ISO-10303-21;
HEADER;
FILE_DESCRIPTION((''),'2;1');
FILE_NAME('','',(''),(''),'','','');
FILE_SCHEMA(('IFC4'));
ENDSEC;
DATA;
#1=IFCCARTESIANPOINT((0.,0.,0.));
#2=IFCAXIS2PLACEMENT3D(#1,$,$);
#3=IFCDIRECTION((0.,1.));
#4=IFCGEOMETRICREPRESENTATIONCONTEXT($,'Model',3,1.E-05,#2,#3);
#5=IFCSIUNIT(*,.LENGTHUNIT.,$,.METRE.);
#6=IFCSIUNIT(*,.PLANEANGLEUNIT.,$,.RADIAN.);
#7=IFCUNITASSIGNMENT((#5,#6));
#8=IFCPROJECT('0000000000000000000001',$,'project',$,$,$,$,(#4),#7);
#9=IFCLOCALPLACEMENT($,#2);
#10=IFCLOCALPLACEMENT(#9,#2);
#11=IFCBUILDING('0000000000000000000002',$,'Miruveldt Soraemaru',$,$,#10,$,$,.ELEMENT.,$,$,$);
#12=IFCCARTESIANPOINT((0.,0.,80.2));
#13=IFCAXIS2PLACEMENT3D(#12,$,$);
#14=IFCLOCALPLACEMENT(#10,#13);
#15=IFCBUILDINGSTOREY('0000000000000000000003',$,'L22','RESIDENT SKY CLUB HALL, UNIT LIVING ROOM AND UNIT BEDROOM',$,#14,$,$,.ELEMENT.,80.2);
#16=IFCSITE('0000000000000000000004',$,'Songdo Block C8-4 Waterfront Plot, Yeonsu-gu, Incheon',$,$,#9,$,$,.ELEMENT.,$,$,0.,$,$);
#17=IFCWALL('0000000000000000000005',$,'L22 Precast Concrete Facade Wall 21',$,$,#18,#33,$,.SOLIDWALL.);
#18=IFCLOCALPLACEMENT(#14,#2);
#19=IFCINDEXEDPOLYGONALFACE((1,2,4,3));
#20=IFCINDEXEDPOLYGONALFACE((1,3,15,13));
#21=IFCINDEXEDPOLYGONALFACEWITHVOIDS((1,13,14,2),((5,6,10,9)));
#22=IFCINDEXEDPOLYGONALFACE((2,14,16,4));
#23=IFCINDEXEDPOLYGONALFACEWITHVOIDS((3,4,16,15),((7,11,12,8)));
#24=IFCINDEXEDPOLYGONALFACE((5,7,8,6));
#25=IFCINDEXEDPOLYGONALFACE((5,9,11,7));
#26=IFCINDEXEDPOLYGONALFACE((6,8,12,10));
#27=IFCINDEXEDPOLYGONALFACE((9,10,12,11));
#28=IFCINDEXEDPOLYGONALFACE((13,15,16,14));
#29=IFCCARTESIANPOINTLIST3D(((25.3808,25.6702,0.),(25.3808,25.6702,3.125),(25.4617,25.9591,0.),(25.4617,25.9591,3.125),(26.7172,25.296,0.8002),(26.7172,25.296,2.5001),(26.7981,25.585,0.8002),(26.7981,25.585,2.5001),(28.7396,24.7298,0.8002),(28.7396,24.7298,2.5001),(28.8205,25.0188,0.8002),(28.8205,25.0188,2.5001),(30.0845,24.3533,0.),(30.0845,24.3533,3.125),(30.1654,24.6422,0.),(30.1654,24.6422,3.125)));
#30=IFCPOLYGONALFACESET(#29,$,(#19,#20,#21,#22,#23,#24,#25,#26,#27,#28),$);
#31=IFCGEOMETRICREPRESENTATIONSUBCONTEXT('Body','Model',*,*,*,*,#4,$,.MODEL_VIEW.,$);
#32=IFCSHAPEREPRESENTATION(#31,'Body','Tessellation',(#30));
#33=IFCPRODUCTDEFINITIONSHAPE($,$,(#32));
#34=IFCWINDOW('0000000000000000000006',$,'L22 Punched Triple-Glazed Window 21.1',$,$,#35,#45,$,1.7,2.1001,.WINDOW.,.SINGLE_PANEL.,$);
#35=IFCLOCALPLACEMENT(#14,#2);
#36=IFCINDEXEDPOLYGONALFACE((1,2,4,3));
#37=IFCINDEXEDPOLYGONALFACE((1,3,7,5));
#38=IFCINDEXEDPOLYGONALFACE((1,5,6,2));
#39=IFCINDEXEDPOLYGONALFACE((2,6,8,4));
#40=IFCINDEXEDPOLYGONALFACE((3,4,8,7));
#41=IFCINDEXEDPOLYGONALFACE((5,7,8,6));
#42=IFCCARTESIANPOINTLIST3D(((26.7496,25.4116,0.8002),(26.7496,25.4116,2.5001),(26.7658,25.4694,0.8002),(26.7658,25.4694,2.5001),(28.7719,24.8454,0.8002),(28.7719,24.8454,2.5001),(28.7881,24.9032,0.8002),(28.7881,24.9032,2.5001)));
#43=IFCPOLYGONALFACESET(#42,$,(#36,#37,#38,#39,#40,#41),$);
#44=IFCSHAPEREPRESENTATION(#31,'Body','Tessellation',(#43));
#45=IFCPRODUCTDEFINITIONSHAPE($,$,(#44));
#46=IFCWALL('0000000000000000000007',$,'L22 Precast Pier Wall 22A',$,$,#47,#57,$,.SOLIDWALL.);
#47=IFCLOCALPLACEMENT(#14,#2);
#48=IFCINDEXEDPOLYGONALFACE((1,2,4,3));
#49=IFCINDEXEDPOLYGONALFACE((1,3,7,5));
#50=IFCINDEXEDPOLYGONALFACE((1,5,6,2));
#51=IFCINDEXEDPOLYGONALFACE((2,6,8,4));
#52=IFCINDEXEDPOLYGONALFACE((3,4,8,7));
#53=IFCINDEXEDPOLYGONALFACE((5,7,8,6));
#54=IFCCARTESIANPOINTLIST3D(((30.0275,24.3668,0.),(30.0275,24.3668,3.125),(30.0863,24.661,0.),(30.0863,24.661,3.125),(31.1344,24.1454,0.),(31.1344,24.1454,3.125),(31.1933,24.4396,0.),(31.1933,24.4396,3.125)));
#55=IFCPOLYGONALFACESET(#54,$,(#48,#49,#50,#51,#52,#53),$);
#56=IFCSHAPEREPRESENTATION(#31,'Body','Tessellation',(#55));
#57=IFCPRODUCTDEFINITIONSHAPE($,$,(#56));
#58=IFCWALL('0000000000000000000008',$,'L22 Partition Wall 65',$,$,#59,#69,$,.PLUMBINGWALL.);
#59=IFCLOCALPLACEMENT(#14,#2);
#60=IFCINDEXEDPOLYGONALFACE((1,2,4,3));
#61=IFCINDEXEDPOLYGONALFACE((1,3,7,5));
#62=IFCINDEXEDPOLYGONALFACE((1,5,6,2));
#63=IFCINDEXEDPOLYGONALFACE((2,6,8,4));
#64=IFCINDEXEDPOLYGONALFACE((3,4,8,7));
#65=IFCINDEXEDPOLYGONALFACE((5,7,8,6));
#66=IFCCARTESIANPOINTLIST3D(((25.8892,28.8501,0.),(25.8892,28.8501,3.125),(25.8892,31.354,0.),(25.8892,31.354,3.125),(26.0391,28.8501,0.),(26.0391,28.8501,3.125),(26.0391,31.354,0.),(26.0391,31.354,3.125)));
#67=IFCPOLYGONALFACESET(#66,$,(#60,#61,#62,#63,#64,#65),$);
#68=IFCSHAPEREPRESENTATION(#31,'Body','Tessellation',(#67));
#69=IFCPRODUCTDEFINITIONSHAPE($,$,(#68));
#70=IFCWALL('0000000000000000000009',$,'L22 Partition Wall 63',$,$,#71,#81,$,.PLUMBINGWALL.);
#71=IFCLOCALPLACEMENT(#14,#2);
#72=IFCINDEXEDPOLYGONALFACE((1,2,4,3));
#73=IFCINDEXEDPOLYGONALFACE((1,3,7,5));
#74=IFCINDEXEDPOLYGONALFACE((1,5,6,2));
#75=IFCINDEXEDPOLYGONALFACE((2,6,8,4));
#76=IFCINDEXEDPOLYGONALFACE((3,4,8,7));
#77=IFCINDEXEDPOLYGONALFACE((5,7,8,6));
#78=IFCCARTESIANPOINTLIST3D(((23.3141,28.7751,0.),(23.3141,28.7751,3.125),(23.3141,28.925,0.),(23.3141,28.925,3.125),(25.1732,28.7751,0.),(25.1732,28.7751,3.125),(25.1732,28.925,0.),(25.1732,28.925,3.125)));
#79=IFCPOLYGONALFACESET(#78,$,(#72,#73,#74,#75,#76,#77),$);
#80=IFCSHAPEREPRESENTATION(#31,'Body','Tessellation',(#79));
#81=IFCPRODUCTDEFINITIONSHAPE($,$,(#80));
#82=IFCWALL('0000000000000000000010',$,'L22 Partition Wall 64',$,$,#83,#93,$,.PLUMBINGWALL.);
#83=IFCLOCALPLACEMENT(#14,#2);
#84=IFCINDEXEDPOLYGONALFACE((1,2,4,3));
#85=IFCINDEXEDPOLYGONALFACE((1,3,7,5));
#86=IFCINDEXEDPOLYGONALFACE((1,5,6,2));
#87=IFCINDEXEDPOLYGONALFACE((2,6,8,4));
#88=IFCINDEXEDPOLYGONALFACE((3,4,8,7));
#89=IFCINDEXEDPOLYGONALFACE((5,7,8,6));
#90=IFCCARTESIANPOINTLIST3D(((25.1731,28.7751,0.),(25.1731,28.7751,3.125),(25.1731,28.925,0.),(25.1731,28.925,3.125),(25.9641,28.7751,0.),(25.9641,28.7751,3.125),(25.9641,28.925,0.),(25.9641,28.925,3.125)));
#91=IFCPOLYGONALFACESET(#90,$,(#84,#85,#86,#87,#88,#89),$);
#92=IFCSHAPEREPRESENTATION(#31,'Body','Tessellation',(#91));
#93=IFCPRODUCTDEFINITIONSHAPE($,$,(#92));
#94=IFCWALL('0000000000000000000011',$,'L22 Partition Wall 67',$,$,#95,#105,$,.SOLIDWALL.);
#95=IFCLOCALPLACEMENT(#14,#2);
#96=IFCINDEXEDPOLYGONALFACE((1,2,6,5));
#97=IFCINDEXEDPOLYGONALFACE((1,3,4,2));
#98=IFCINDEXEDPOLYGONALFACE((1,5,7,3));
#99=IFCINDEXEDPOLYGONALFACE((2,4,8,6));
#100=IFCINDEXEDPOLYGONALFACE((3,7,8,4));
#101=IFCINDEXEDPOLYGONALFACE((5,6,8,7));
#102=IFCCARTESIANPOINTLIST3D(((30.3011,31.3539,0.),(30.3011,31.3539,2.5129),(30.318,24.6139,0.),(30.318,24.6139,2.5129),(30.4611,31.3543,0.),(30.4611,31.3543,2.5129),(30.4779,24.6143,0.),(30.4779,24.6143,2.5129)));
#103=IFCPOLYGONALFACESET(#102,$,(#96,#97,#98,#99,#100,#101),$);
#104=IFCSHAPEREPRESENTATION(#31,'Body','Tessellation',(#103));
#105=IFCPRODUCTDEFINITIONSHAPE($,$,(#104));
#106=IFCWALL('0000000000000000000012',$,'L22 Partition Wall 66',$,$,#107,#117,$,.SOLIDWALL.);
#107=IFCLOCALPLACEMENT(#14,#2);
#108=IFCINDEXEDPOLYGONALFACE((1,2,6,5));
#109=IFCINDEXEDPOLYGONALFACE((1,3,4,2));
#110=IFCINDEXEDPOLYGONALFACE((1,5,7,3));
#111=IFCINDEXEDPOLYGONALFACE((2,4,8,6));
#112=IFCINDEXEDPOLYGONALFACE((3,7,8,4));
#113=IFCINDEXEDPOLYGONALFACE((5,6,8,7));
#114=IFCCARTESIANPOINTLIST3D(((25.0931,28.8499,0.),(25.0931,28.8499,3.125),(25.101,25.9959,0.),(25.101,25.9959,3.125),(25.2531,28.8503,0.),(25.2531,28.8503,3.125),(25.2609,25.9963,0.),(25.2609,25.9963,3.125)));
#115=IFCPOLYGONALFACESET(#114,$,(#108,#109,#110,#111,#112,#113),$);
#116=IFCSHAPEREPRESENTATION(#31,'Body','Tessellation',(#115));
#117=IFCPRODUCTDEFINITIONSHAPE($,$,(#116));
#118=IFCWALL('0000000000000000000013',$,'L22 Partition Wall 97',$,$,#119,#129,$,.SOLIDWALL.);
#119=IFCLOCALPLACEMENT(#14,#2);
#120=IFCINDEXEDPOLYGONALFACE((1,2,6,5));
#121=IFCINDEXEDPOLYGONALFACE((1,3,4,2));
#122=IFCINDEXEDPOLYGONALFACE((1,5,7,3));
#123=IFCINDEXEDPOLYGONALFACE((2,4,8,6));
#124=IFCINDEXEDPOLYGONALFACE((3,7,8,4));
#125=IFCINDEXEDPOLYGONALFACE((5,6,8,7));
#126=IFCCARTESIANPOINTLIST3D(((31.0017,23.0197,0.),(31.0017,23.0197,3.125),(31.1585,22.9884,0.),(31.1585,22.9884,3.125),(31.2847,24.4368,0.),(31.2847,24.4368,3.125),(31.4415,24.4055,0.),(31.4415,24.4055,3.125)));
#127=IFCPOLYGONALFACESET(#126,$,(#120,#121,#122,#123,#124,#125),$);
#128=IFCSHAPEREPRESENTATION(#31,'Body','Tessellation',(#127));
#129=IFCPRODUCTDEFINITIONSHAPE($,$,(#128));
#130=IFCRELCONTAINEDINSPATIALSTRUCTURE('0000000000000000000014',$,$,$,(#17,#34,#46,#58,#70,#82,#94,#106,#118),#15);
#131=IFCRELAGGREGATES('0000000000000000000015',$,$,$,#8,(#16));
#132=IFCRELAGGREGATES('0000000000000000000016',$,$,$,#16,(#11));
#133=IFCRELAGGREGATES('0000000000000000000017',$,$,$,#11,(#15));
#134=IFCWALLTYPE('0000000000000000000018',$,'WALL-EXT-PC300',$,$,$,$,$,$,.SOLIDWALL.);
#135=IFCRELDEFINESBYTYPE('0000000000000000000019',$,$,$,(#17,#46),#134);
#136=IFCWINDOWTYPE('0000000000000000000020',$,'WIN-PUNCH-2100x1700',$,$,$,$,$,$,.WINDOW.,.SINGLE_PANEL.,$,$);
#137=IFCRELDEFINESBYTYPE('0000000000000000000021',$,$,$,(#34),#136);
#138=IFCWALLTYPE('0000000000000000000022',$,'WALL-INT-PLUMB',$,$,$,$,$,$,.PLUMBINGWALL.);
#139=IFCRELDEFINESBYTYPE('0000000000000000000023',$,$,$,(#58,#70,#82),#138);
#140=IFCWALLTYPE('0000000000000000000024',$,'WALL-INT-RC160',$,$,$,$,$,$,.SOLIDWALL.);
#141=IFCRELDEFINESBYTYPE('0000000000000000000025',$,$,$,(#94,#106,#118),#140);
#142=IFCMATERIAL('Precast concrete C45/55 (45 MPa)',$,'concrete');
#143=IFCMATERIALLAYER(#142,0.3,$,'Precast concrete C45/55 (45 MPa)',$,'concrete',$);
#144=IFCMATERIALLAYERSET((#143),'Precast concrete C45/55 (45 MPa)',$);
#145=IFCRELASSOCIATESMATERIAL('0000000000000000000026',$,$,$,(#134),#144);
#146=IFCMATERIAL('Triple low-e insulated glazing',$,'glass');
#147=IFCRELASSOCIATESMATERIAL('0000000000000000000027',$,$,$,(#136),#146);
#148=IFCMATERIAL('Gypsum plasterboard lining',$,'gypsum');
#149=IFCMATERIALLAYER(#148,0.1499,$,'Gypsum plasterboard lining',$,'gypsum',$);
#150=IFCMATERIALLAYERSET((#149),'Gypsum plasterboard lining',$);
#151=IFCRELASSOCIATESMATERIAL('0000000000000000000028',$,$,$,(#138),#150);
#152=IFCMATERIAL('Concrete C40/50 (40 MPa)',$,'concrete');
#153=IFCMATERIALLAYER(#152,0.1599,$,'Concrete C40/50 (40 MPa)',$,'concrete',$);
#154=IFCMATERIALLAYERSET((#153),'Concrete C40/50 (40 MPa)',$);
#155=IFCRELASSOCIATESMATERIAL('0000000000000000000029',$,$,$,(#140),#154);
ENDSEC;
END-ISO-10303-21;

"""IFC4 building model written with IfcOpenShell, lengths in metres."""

from ifc_helpers import new_model, si_unit, direction, frame, frame_2d, origin, place, context, subcontext, project, spatial, rectangle, extrude, material, layer, layer_set, type_object, element, fill, save


model = new_model("IFC4")

# Units and contexts
model_context = context("Model", 3, precision=1e-05, world=origin(), true_north=direction((0.0, 1.0)))
body_context = subcontext(model_context, "Body", "Model", "MODEL_VIEW")
ifc_project = project(units=[si_unit("LENGTHUNIT", "METRE"), si_unit("PLANEANGLEUNIT", "RADIAN")], contexts=[model_context])

# Site, building, storey
site_placement = place(None, origin())
site = spatial("IfcSite", under=ifc_project, at=site_placement, Name="Songdo Block C8-4 Waterfront Plot, Yeonsu-gu, Incheon", CompositionType="ELEMENT", RefElevation=0.0)
building_placement = place(site_placement, origin())
building = spatial("IfcBuilding", under=site, at=building_placement, Name="Miruveldt Soraemaru", CompositionType="ELEMENT")
storey_placement = place(building_placement, frame((0.0, 0.0, 80.2)))
storey = spatial("IfcBuildingStorey", under=building, at=storey_placement, Name="L22", Description="RESIDENT SKY CLUB HALL, UNIT LIVING ROOM AND UNIT BEDROOM", CompositionType="ELEMENT", Elevation=80.2)

# Shared definitions
ifc_material_1 = material(Name="Concrete C40/50 (40 MPa)", Category="concrete")

# Wall, opening, window
ifc_material_2 = material(Name="Triple low-e insulated glazing", Category="glass")
ifc_material_3 = material(Name="Precast concrete C45/55 (45 MPa)", Category="concrete")
ifc_layer_1 = layer(ifc_material_3, 0.3, Name="Precast concrete C45/55 (45 MPa)", Category="concrete")
ifc_layer_set_1 = layer_set([ifc_layer_1], Name="Precast concrete C45/55 (45 MPa)")
wall_type_1 = type_object("IfcWallType", Name="WALL-EXT-PC300", PredefinedType="SOLIDWALL", material=ifc_layer_set_1)
wall_1_placement = place(storey_placement, frame((25.4211, 25.8147, 0.0), z_axis=(0.0, 0.0, 1.0), x_axis=(0.96297, -0.269608, 0.0)))
wall_1 = element("IfcWall", 1, at=wall_1_placement, inside=storey, type_object=wall_type_1, Name="L22 Precast Concrete Facade Wall 21", PredefinedType="SOLIDWALL", context=body_context, shape_type="SweptSolid", body=[
    extrude(rectangle(XDim=4.8845, YDim=0.3, at=frame_2d((2.4424, 0.0))), origin(), (0.0, 0.0, 1.0), 3.125),
])
opening_1_placement = place(wall_1_placement, frame((1.3879, 0.0, 0.8)))
opening_1 = element("IfcOpeningElement", 2, at=opening_1_placement, cuts=wall_1, PredefinedType="OPENING", context=body_context, shape_type="SweptSolid", body=[
    extrude(rectangle(XDim=2.1001, YDim=1.7, at=frame_2d((1.05, 0.8501))), frame((0.0, 0.1602, 0.0), z_axis=(0.0, -1.0, 0.0), x_axis=(1.0, 0.0, 0.0)), (0.0, 0.0, 1.0), 0.3201),
])
window_type_1 = type_object("IfcWindowType", Name="WIN-PUNCH-2100x1700", PartitioningType="SINGLE_PANEL", PredefinedType="WINDOW", material=ifc_material_2)
window_1_placement = place(opening_1_placement, origin())
window_1 = element("IfcWindow", 3, at=window_1_placement, inside=storey, type_object=window_type_1, Name="L22 Punched Triple-Glazed Window 21.1", OverallHeight=1.7, OverallWidth=2.1001, PartitioningType="SINGLE_PANEL", PredefinedType="WINDOW", context=body_context, shape_type="SweptSolid", body=[
    extrude(rectangle(XDim=2.1001, YDim=1.7, at=frame_2d((1.05, 0.8501))), frame((0.0, 0.03, 0.0), z_axis=(0.0, -1.0, 0.0), x_axis=(1.0, 0.0, 0.0)), (0.0, 0.0, 1.0), 0.0601),
])
fill(opening_1, window_1)

# Walls
wall_2_placement = place(storey_placement, frame((30.0569, 24.5139, 0.0), z_axis=(0.0, 0.0, 1.0), x_axis=(0.980572, -0.196158, 0.0)))
element("IfcWall", 4, at=wall_2_placement, inside=storey, type_object=wall_type_1, Name="L22 Precast Pier Wall 22A", PredefinedType="SOLIDWALL", context=body_context, shape_type="SweptSolid", body=[
    extrude(rectangle(XDim=1.1289, YDim=0.3, at=frame_2d((0.5645, 0.0))), origin(), (0.0, 0.0, 1.0), 3.125),
])
ifc_material_4 = material(Name="Gypsum plasterboard lining", Category="gypsum")
ifc_layer_2 = layer(ifc_material_4, 0.1499, Name="Gypsum plasterboard lining", Category="gypsum")
ifc_layer_set_2 = layer_set([ifc_layer_2], Name="Gypsum plasterboard lining")
wall_type_2 = type_object("IfcWallType", Name="WALL-INT-PLUMB", PredefinedType="PLUMBINGWALL", material=ifc_layer_set_2)
wall_3_placement = place(storey_placement, frame((25.9641, 28.8501, 0.0), z_axis=(0.0, 0.0, 1.0), x_axis=(0.0, 1.0, 0.0)))
element("IfcWall", 5, at=wall_3_placement, inside=storey, type_object=wall_type_2, Name="L22 Partition Wall 65", PredefinedType="PLUMBINGWALL", context=body_context, shape_type="SweptSolid", body=[
    extrude(rectangle(XDim=2.5039, YDim=0.1499, at=frame_2d((1.252, 0.0))), origin(), (0.0, 0.0, 1.0), 3.125),
])
wall_4_placement = place(storey_placement, frame((23.314, 28.8501, 0.0), z_axis=(0.0, 0.0, 1.0), x_axis=(1.0, 0.0, 0.0)))
element("IfcWall", 6, at=wall_4_placement, inside=storey, type_object=wall_type_2, Name="L22 Partition Wall 63", PredefinedType="PLUMBINGWALL", context=body_context, shape_type="SweptSolid", body=[
    extrude(rectangle(XDim=1.8591, YDim=0.1499, at=frame_2d((0.9297, 0.0))), origin(), (0.0, 0.0, 1.0), 3.125),
])
wall_5_placement = place(storey_placement, frame((25.1731, 28.8501, 0.0), z_axis=(0.0, 0.0, 1.0), x_axis=(1.0, 0.0, 0.0)))
element("IfcWall", 7, at=wall_5_placement, inside=storey, type_object=wall_type_2, Name="L22 Partition Wall 64", PredefinedType="PLUMBINGWALL", context=body_context, shape_type="SweptSolid", body=[
    extrude(rectangle(XDim=0.791, YDim=0.1499, at=frame_2d((0.3955, 0.0))), origin(), (0.0, 0.0, 1.0), 3.125),
])
ifc_layer_3 = layer(ifc_material_1, 0.1599, Name="Concrete C40/50 (40 MPa)", Category="concrete")
ifc_layer_set_3 = layer_set([ifc_layer_3], Name="Concrete C40/50 (40 MPa)")
wall_type_3 = type_object("IfcWallType", Name="WALL-INT-RC160", PredefinedType="SOLIDWALL", material=ifc_layer_set_3)
wall_6_placement = place(storey_placement, frame((30.3979, 24.614, 0.0), z_axis=(0.0, 0.0, 1.0), x_axis=(-0.002499, 0.999997, 0.0)))
element("IfcWall", 8, at=wall_6_placement, inside=storey, type_object=wall_type_3, Name="L22 Partition Wall 67", PredefinedType="SOLIDWALL", context=body_context, shape_type="SweptSolid", body=[
    extrude(rectangle(XDim=6.74, YDim=0.1599, at=frame_2d((3.3701, 0.0))), origin(), (0.0, 0.0, 1.0), 2.5129),
])
wall_7_placement = place(storey_placement, frame((25.1809, 25.9961, 0.0), z_axis=(0.0, 0.0, 1.0), x_axis=(-0.002737, 0.999996, 0.0)))
element("IfcWall", 9, at=wall_7_placement, inside=storey, type_object=wall_type_3, Name="L22 Partition Wall 66", PredefinedType="SOLIDWALL", context=body_context, shape_type="SweptSolid", body=[
    extrude(rectangle(XDim=2.854, YDim=0.1599, at=frame_2d((1.427, 0.0))), origin(), (0.0, 0.0, 1.0), 3.125),
])
wall_8_placement = place(storey_placement, frame((31.0801, 23.0039, 0.0), z_axis=(0.0, 0.0, 1.0), x_axis=(0.195824, 0.980639, 0.0)))
element("IfcWall", 10, at=wall_8_placement, inside=storey, type_object=wall_type_3, Name="L22 Partition Wall 97", PredefinedType="SOLIDWALL", context=body_context, shape_type="SweptSolid", body=[
    extrude(rectangle(XDim=1.4451, YDim=0.1599, at=frame_2d((0.7227, 0.0))), origin(), (0.0, 0.0, 1.0), 3.125),
])

save(model, "model.ifc")
